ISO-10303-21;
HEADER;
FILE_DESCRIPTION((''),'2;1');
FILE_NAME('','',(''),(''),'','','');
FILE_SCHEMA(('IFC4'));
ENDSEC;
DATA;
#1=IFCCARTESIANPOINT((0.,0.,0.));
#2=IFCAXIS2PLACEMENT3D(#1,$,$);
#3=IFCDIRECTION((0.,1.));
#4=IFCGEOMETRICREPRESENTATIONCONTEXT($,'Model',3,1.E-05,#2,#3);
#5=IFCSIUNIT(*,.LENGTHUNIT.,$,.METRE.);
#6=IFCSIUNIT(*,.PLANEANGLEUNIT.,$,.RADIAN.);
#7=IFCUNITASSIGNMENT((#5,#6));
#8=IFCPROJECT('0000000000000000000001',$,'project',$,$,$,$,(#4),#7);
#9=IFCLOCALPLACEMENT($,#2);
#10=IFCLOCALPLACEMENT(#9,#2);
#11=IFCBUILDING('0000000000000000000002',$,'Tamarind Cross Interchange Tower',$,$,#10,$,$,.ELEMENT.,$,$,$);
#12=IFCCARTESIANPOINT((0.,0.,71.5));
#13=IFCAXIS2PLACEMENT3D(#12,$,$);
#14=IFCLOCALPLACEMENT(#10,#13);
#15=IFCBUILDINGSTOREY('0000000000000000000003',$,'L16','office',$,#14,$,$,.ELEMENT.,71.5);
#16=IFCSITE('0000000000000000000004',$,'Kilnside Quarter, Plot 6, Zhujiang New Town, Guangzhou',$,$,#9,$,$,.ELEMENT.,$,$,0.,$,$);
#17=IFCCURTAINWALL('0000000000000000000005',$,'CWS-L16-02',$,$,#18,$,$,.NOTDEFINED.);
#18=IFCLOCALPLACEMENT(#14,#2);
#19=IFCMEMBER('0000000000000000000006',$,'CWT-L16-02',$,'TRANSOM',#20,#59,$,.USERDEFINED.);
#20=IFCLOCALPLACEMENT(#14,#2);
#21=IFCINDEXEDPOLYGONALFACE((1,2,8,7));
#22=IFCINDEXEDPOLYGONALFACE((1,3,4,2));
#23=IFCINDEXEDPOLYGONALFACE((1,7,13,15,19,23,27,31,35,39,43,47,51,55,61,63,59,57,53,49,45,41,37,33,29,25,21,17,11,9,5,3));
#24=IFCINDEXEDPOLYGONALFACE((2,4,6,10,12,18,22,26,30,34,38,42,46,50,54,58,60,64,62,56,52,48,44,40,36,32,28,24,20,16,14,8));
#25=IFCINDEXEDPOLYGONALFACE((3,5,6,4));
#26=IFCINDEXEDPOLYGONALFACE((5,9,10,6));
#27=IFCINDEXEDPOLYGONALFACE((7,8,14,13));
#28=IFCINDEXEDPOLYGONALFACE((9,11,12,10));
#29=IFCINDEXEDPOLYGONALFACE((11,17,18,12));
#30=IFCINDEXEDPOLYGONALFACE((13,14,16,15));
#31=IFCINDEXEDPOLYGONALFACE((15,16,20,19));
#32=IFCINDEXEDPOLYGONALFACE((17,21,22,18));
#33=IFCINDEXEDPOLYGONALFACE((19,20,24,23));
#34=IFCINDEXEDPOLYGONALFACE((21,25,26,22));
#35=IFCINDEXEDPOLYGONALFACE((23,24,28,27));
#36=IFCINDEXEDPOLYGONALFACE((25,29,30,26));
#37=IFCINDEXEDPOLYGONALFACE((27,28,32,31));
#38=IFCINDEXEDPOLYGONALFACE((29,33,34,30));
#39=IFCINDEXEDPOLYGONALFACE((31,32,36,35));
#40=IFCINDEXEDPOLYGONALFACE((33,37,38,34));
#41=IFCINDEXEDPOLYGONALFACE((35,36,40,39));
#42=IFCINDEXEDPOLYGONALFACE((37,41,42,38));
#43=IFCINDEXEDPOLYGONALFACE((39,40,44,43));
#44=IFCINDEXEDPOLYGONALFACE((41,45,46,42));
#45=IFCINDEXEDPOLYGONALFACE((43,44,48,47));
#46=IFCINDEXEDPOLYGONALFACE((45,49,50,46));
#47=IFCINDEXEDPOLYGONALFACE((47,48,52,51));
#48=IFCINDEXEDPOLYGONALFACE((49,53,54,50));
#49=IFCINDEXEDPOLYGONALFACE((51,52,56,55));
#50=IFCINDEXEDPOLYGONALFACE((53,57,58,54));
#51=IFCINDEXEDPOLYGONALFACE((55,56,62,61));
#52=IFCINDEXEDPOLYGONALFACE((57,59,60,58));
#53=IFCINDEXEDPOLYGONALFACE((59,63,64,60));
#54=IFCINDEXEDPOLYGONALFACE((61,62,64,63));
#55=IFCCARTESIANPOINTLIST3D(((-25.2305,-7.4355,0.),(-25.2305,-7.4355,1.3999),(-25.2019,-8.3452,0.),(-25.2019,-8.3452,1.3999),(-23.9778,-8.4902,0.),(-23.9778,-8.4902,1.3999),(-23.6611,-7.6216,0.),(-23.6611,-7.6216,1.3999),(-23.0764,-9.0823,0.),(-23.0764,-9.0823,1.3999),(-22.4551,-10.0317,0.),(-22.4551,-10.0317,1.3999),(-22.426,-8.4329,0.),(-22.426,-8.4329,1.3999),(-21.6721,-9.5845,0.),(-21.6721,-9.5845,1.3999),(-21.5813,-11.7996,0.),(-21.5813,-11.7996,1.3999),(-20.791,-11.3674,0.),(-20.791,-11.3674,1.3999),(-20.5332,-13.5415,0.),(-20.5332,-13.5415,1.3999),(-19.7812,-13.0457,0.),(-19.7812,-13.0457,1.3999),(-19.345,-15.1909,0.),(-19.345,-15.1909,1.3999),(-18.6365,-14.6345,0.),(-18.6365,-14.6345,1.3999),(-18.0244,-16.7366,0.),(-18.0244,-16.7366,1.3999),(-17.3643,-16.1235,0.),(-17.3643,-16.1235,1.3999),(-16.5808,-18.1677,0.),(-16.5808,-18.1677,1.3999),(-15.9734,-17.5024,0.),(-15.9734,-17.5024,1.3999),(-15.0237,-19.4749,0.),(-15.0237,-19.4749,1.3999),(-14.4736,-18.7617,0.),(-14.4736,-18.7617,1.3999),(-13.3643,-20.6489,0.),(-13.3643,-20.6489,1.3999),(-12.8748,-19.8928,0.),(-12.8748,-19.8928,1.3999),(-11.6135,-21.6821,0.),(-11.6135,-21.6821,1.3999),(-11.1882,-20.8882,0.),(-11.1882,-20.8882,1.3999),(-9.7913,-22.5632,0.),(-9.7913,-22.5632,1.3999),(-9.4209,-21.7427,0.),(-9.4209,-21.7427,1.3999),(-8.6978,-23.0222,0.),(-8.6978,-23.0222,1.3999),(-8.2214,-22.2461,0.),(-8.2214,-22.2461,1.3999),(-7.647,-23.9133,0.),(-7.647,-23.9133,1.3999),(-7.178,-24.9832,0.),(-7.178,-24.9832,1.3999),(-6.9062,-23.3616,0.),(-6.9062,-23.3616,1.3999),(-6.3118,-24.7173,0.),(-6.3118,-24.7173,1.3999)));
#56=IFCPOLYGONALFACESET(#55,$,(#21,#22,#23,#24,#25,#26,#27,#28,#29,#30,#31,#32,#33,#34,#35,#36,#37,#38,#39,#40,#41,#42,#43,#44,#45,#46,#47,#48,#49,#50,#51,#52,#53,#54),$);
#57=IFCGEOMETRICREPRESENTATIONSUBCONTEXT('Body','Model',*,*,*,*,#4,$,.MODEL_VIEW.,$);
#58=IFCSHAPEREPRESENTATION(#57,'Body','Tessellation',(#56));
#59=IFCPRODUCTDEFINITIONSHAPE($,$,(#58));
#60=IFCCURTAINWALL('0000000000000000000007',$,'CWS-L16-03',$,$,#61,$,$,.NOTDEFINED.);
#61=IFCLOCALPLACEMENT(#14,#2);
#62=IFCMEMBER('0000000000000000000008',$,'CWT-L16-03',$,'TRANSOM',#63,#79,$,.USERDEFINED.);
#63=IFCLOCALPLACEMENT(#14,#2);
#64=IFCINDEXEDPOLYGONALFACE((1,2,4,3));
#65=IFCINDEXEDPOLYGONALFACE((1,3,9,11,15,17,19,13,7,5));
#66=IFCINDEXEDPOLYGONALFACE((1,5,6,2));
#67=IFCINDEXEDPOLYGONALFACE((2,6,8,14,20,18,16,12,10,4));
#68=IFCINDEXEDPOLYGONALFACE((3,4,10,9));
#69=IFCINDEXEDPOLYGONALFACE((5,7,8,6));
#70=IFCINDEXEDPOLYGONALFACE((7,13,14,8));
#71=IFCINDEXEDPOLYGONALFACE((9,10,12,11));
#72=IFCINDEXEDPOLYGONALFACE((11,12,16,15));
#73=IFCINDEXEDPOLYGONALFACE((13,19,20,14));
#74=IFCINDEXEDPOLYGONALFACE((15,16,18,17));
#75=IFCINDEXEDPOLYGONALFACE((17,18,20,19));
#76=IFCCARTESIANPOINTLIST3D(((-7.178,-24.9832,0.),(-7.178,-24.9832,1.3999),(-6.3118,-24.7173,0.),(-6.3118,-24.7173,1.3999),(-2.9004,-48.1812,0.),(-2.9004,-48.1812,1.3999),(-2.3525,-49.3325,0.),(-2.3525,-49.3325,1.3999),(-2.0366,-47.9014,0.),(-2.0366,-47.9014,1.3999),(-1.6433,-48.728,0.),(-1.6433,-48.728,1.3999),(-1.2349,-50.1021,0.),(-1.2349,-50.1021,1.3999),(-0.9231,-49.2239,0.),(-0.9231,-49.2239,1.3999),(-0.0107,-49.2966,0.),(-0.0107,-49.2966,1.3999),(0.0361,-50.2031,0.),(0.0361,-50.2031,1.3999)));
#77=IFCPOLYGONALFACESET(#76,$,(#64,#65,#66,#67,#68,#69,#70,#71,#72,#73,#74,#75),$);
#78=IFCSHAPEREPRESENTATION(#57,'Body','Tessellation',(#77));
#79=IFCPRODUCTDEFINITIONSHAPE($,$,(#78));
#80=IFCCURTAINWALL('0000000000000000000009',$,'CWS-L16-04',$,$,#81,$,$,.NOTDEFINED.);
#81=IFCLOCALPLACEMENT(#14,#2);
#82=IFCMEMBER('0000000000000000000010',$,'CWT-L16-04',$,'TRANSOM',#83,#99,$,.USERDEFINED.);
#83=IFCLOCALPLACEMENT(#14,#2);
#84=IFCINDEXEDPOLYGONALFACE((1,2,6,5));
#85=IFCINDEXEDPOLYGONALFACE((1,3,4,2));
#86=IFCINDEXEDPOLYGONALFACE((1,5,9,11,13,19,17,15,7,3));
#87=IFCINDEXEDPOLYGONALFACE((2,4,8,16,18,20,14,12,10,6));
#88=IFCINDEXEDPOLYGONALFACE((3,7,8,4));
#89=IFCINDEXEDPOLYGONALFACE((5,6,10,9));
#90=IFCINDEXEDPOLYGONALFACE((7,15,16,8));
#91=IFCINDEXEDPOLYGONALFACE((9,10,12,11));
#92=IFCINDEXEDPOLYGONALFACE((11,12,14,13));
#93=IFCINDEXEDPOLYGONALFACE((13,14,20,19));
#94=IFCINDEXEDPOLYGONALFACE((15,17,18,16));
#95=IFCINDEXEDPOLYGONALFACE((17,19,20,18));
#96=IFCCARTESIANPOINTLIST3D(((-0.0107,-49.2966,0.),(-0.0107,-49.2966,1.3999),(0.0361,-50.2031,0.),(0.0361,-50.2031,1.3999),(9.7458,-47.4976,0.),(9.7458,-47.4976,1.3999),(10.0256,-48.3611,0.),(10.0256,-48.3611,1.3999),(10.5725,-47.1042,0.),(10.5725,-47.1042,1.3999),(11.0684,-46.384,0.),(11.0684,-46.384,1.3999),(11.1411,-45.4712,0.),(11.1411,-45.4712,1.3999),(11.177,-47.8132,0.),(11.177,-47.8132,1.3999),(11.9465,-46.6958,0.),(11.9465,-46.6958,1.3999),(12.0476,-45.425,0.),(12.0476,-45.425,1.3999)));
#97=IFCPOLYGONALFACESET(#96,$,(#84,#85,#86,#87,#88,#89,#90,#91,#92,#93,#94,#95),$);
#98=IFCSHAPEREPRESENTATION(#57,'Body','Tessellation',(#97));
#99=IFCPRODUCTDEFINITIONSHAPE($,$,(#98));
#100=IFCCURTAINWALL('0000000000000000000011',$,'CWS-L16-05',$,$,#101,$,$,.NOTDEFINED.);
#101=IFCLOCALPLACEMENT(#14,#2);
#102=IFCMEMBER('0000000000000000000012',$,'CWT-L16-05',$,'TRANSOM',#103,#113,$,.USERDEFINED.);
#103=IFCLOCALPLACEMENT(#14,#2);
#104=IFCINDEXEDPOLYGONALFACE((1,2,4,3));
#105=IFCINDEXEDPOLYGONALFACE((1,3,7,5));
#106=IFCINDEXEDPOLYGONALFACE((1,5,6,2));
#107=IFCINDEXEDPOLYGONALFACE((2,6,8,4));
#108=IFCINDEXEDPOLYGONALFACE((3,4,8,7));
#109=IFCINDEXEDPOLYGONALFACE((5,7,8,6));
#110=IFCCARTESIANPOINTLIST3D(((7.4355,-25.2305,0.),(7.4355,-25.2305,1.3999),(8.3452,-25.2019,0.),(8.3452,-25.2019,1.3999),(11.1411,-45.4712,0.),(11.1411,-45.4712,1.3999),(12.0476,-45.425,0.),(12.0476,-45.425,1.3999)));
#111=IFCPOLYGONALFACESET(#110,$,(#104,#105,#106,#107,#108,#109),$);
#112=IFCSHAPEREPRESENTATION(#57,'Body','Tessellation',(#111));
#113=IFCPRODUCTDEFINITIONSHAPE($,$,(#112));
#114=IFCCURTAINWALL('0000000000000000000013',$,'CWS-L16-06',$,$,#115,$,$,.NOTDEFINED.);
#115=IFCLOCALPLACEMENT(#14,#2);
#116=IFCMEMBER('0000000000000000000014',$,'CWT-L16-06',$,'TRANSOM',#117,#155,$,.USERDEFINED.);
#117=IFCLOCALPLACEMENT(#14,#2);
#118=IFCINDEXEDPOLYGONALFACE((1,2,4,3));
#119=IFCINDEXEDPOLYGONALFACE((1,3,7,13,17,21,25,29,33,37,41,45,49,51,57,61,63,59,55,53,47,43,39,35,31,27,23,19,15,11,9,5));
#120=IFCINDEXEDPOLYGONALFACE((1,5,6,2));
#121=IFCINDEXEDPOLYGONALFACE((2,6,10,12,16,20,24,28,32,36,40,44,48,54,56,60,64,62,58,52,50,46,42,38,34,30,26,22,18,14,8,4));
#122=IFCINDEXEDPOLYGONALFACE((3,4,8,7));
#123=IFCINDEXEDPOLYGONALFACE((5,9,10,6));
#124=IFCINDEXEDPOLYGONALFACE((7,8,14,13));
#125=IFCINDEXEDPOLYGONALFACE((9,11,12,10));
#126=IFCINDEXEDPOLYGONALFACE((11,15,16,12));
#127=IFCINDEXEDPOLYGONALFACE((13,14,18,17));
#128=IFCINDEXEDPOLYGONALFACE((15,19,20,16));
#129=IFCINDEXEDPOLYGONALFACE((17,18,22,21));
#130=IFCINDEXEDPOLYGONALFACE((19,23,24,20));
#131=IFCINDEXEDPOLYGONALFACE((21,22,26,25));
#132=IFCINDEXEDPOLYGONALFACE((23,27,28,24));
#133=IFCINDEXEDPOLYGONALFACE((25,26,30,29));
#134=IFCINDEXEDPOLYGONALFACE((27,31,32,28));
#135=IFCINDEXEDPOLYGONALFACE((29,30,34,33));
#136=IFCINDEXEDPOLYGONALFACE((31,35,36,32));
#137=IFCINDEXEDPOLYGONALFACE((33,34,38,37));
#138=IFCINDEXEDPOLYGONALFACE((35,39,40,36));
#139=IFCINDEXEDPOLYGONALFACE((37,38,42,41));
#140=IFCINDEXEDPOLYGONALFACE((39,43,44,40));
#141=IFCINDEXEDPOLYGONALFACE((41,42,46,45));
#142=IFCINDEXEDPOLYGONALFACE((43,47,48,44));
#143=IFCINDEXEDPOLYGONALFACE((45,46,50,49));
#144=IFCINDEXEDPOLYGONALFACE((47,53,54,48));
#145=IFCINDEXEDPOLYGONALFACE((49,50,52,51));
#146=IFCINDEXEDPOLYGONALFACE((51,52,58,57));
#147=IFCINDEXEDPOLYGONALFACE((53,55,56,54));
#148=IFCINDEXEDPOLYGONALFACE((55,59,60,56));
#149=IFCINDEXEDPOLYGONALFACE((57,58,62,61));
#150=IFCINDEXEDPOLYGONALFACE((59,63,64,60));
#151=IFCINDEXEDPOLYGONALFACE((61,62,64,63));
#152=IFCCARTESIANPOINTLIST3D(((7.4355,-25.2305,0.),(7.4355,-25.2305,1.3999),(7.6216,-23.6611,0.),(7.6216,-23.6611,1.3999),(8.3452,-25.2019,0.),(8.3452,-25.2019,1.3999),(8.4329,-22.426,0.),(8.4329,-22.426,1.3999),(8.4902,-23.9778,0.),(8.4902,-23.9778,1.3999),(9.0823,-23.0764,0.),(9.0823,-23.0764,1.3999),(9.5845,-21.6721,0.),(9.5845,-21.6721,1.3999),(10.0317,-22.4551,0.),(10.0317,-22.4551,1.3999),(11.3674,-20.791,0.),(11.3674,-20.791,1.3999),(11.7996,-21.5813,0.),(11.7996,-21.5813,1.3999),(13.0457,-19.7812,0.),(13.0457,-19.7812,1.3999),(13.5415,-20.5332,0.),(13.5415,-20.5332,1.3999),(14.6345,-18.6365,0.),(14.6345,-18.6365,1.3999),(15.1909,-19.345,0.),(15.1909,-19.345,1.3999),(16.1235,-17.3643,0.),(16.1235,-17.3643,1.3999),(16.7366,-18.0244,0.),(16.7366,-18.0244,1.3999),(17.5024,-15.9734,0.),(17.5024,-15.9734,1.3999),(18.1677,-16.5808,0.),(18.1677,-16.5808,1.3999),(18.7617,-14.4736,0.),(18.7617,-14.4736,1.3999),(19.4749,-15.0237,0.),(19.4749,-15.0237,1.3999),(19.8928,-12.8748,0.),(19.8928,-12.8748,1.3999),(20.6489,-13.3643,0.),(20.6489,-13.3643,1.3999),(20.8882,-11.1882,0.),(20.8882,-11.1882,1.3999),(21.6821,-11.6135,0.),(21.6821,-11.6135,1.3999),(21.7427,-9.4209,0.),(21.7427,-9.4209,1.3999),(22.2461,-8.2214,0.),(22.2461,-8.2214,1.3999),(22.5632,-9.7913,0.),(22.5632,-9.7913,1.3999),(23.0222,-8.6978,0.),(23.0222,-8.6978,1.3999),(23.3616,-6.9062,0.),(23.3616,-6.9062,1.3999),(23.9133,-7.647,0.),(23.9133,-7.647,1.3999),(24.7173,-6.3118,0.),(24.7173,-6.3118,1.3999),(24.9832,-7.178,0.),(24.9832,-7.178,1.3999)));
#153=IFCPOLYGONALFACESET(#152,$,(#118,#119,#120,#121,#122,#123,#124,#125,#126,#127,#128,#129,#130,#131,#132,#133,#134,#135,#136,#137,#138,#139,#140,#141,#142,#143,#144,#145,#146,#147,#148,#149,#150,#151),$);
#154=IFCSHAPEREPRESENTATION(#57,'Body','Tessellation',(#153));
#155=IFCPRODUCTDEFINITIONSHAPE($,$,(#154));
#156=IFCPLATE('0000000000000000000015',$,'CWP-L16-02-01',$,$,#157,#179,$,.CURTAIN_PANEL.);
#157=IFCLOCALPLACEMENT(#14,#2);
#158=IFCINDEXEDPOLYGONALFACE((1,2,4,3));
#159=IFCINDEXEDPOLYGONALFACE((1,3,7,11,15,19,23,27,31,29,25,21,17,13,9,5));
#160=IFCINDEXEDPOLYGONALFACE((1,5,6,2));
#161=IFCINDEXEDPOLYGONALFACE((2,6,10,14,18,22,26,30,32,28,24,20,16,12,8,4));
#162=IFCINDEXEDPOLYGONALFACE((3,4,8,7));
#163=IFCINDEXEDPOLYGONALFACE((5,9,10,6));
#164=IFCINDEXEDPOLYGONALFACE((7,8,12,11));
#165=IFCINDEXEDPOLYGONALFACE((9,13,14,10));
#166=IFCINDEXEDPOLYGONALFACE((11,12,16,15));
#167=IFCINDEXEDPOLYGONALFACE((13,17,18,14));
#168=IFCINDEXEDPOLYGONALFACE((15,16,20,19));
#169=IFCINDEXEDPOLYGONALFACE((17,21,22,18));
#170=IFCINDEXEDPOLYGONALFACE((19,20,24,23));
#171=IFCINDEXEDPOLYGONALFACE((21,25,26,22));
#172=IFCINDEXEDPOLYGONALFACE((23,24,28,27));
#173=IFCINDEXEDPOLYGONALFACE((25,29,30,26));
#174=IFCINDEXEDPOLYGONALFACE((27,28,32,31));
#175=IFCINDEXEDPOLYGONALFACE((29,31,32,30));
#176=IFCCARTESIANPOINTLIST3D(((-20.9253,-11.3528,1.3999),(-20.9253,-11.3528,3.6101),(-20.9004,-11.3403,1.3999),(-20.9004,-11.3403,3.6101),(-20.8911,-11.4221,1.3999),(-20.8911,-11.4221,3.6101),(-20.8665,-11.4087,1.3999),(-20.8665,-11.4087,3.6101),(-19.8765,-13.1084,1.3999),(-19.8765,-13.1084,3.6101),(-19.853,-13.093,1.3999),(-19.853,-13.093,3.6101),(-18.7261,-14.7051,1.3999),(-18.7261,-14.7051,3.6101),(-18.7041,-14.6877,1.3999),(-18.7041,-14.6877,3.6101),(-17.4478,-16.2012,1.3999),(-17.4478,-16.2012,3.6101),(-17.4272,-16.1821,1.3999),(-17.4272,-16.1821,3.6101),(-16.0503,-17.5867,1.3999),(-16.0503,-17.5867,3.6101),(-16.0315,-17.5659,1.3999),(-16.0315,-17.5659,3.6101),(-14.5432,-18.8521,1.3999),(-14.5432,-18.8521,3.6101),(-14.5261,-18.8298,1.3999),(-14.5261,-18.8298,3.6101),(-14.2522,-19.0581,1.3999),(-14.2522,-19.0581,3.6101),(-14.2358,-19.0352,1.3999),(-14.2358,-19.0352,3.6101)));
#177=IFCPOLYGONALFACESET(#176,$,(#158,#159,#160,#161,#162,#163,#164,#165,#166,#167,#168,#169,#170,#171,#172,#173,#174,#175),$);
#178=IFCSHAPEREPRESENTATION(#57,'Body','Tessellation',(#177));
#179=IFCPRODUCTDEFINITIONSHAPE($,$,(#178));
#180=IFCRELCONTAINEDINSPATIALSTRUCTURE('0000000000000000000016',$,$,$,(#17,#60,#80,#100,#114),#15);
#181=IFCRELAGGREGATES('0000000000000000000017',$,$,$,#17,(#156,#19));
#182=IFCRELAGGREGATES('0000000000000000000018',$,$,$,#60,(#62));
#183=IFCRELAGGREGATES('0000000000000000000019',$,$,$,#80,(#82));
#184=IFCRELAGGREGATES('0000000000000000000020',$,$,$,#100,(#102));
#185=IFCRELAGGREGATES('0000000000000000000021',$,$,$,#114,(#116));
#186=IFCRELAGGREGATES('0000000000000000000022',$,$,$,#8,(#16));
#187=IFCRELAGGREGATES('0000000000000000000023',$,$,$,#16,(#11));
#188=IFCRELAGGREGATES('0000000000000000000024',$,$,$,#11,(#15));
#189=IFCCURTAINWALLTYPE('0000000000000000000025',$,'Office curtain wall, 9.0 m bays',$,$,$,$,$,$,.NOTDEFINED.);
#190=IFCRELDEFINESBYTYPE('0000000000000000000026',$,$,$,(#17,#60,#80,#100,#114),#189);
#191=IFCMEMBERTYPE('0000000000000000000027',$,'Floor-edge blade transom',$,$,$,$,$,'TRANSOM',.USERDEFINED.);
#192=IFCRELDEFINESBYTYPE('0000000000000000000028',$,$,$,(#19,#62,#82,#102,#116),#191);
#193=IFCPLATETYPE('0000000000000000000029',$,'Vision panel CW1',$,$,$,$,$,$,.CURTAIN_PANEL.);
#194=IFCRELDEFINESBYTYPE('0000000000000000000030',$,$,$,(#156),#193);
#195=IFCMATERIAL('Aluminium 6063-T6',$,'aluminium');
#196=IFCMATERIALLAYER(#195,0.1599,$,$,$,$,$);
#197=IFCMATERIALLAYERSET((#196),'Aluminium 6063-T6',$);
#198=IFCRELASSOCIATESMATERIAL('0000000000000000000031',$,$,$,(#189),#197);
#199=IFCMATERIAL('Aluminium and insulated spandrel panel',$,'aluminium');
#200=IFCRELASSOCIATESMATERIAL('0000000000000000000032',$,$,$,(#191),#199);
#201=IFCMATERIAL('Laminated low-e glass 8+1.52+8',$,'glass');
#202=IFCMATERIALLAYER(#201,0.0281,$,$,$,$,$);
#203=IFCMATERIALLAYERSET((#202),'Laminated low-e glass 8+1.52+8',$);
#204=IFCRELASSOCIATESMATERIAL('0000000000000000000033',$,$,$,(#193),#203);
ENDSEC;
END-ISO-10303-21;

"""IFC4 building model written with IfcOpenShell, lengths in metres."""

from ifc_helpers import new_model, si_unit, direction, frame, origin, place, context, subcontext, project, spatial, polyline, outline, extrude, material, layer, layer_set, type_object, element, aggregate, save


model = new_model("IFC4")

# Units and contexts
model_context = context("Model", 3, precision=1e-05, world=origin(), true_north=direction((0.0, 1.0)))
body_context = subcontext(model_context, "Body", "Model", "MODEL_VIEW")
ifc_project = project(units=[si_unit("LENGTHUNIT", "METRE"), si_unit("PLANEANGLEUNIT", "RADIAN")], contexts=[model_context])

# Site, building, storey
site_placement = place(None, origin())
site = spatial("IfcSite", under=ifc_project, at=site_placement, Name="Kilnside Quarter, Plot 6, Zhujiang New Town, Guangzhou", CompositionType="ELEMENT", RefElevation=0.0)
building_placement = place(site_placement, origin())
building = spatial("IfcBuilding", under=site, at=building_placement, Name="Tamarind Cross Interchange Tower", CompositionType="ELEMENT")
storey_placement = place(building_placement, frame((0.0, 0.0, 71.5)))
storey = spatial("IfcBuildingStorey", under=building, at=storey_placement, Name="L16", Description="office", CompositionType="ELEMENT", Elevation=71.5)

# Curtain walls, members
ifc_material_1 = material(Name="Aluminium 6063-T6", Category="aluminium")
ifc_layer_1 = layer(ifc_material_1, 0.1599)
ifc_layer_set_1 = layer_set([ifc_layer_1], Name="Aluminium 6063-T6")
curtain_wall_type = type_object("IfcCurtainWallType", Name="Office curtain wall, 9.0 m bays", PredefinedType="NOTDEFINED", material=ifc_layer_set_1)
curtain_wall_1_placement = place(storey_placement, origin())
curtain_wall_1 = element("IfcCurtainWall", 1, at=curtain_wall_1_placement, inside=storey, type_object=curtain_wall_type, Name="CWS-L16-02", PredefinedType="NOTDEFINED")
ifc_material_2 = material(Name="Aluminium and insulated spandrel panel", Category="aluminium")
member_type = type_object("IfcMemberType", Name="Floor-edge blade transom", ElementType="TRANSOM", PredefinedType="USERDEFINED", material=ifc_material_2)
member_1_placement = place(storey_placement, origin())
member_1 = element("IfcMember", 2, at=member_1_placement, type_object=member_type, Name="CWT-L16-02", ObjectType="TRANSOM", PredefinedType="USERDEFINED", context=body_context, shape_type="SweptSolid", body=[
    extrude(outline(polyline([(-25.2305, -7.4355), (-23.6611, -7.6216), (-22.426, -8.4329), (-21.6721, -9.5845), (-20.791, -11.3674), (-19.7812, -13.0457), (-18.6365, -14.6345), (-17.3643, -16.1235), (-15.9734, -17.5024), (-14.4736, -18.7617), (-12.8748, -19.8928), (-11.1882, -20.8882), (-9.4209, -21.7427), (-8.2214, -22.2461), (-6.9062, -23.3616), (-6.3118, -24.7173), (-7.178, -24.9832), (-7.647, -23.9133), (-8.6978, -23.0222), (-9.7913, -22.5632), (-11.6135, -21.6821), (-13.3643, -20.6489), (-15.0237, -19.4749), (-16.5808, -18.1677), (-18.0244, -16.7366), (-19.345, -15.1909), (-20.5332, -13.5415), (-21.5813, -11.7996), (-22.4551, -10.0317), (-23.0764, -9.0823), (-23.9778, -8.4902), (-25.2019, -8.3452), (-25.2305, -7.4355)])), origin(), (0.0, 0.0, 1.0), 1.3999),
])
curtain_wall_2_placement = place(storey_placement, origin())
curtain_wall_2 = element("IfcCurtainWall", 3, at=curtain_wall_2_placement, inside=storey, type_object=curtain_wall_type, Name="CWS-L16-03", PredefinedType="NOTDEFINED")
member_2_placement = place(storey_placement, origin())
member_2 = element("IfcMember", 4, at=member_2_placement, type_object=member_type, Name="CWT-L16-03", ObjectType="TRANSOM", PredefinedType="USERDEFINED", context=body_context, shape_type="SweptSolid", body=[
    extrude(outline(polyline([(-6.3118, -24.7173), (-2.0366, -47.9014), (-1.6433, -48.728), (-0.9231, -49.2239), (-0.0107, -49.2966), (0.0361, -50.2031), (-1.2349, -50.1021), (-2.3525, -49.3325), (-2.9004, -48.1812), (-7.178, -24.9832), (-6.3118, -24.7173)])), origin(), (0.0, 0.0, 1.0), 1.3999),
])
curtain_wall_3_placement = place(storey_placement, origin())
curtain_wall_3 = element("IfcCurtainWall", 5, at=curtain_wall_3_placement, inside=storey, type_object=curtain_wall_type, Name="CWS-L16-04", PredefinedType="NOTDEFINED")
member_3_placement = place(storey_placement, origin())
member_3 = element("IfcMember", 6, at=member_3_placement, type_object=member_type, Name="CWT-L16-04", ObjectType="TRANSOM", PredefinedType="USERDEFINED", context=body_context, shape_type="SweptSolid", body=[
    extrude(outline(polyline([(-0.0107, -49.2966), (9.7458, -47.4976), (10.5725, -47.1042), (11.0684, -46.384), (11.1411, -45.4712), (12.0476, -45.425), (11.9465, -46.6958), (11.177, -47.8132), (10.0256, -48.3611), (0.0361, -50.2031), (-0.0107, -49.2966)])), origin(), (0.0, 0.0, 1.0), 1.3999),
])
curtain_wall_4_placement = place(storey_placement, origin())
curtain_wall_4 = element("IfcCurtainWall", 7, at=curtain_wall_4_placement, inside=storey, type_object=curtain_wall_type, Name="CWS-L16-05", PredefinedType="NOTDEFINED")
member_4_placement = place(storey_placement, origin())
member_4 = element("IfcMember", 8, at=member_4_placement, type_object=member_type, Name="CWT-L16-05", ObjectType="TRANSOM", PredefinedType="USERDEFINED", context=body_context, shape_type="SweptSolid", body=[
    extrude(outline(polyline([(11.1411, -45.4712), (7.4355, -25.2305), (8.3452, -25.2019), (12.0476, -45.425), (11.1411, -45.4712)])), origin(), (0.0, 0.0, 1.0), 1.3999),
])
curtain_wall_5_placement = place(storey_placement, origin())
curtain_wall_5 = element("IfcCurtainWall", 9, at=curtain_wall_5_placement, inside=storey, type_object=curtain_wall_type, Name="CWS-L16-06", PredefinedType="NOTDEFINED")
member_5_placement = place(storey_placement, origin())
member_5 = element("IfcMember", 10, at=member_5_placement, type_object=member_type, Name="CWT-L16-06", ObjectType="TRANSOM", PredefinedType="USERDEFINED", context=body_context, shape_type="SweptSolid", body=[
    extrude(outline(polyline([(7.4355, -25.2305), (7.6216, -23.6611), (8.4329, -22.426), (9.5845, -21.6721), (11.3674, -20.791), (13.0457, -19.7812), (14.6345, -18.6365), (16.1235, -17.3643), (17.5024, -15.9734), (18.7617, -14.4736), (19.8928, -12.8748), (20.8882, -11.1882), (21.7427, -9.4209), (22.2461, -8.2214), (23.3616, -6.9062), (24.7173, -6.3118), (24.9832, -7.178), (23.9133, -7.647), (23.0222, -8.6978), (22.5632, -9.7913), (21.6821, -11.6135), (20.6489, -13.3643), (19.4749, -15.0237), (18.1677, -16.5808), (16.7366, -18.0244), (15.1909, -19.345), (13.5415, -20.5332), (11.7996, -21.5813), (10.0317, -22.4551), (9.0823, -23.0764), (8.4902, -23.9778), (8.3452, -25.2019), (7.4355, -25.2305)])), origin(), (0.0, 0.0, 1.0), 1.3999),
])

# Plate
ifc_material_3 = material(Name="Laminated low-e glass 8+1.52+8", Category="glass")
ifc_layer_2 = layer(ifc_material_3, 0.0281)
ifc_layer_set_2 = layer_set([ifc_layer_2], Name="Laminated low-e glass 8+1.52+8")
plate_type = type_object("IfcPlateType", Name="Vision panel CW1", PredefinedType="CURTAIN_PANEL", material=ifc_layer_set_2)
plate_1_placement = place(storey_placement, frame((0.0, 0.0, 1.3999)))
plate_1 = element("IfcPlate", 11, at=plate_1_placement, type_object=plate_type, Name="CWP-L16-02-01", PredefinedType="CURTAIN_PANEL", context=body_context, shape_type="SweptSolid", body=[
    extrude(outline(polyline([(-20.9004, -11.3403), (-20.8665, -11.4087), (-19.853, -13.093), (-18.7041, -14.6877), (-17.4272, -16.1821), (-16.0315, -17.5659), (-14.5261, -18.8298), (-14.2358, -19.0352), (-14.2522, -19.0581), (-14.5432, -18.8521), (-16.0503, -17.5867), (-17.4478, -16.2012), (-18.7261, -14.7051), (-19.8765, -13.1084), (-20.8911, -11.4221), (-20.9253, -11.3528), (-20.9004, -11.3403)])), origin(), (0.0, 0.0, 1.0), 2.2102),
])
aggregate(curtain_wall_1, [plate_1, member_1])
aggregate(curtain_wall_2, [member_2])
aggregate(curtain_wall_3, [member_3])
aggregate(curtain_wall_4, [member_4])
aggregate(curtain_wall_5, [member_5])

save(model, "model.ifc")
